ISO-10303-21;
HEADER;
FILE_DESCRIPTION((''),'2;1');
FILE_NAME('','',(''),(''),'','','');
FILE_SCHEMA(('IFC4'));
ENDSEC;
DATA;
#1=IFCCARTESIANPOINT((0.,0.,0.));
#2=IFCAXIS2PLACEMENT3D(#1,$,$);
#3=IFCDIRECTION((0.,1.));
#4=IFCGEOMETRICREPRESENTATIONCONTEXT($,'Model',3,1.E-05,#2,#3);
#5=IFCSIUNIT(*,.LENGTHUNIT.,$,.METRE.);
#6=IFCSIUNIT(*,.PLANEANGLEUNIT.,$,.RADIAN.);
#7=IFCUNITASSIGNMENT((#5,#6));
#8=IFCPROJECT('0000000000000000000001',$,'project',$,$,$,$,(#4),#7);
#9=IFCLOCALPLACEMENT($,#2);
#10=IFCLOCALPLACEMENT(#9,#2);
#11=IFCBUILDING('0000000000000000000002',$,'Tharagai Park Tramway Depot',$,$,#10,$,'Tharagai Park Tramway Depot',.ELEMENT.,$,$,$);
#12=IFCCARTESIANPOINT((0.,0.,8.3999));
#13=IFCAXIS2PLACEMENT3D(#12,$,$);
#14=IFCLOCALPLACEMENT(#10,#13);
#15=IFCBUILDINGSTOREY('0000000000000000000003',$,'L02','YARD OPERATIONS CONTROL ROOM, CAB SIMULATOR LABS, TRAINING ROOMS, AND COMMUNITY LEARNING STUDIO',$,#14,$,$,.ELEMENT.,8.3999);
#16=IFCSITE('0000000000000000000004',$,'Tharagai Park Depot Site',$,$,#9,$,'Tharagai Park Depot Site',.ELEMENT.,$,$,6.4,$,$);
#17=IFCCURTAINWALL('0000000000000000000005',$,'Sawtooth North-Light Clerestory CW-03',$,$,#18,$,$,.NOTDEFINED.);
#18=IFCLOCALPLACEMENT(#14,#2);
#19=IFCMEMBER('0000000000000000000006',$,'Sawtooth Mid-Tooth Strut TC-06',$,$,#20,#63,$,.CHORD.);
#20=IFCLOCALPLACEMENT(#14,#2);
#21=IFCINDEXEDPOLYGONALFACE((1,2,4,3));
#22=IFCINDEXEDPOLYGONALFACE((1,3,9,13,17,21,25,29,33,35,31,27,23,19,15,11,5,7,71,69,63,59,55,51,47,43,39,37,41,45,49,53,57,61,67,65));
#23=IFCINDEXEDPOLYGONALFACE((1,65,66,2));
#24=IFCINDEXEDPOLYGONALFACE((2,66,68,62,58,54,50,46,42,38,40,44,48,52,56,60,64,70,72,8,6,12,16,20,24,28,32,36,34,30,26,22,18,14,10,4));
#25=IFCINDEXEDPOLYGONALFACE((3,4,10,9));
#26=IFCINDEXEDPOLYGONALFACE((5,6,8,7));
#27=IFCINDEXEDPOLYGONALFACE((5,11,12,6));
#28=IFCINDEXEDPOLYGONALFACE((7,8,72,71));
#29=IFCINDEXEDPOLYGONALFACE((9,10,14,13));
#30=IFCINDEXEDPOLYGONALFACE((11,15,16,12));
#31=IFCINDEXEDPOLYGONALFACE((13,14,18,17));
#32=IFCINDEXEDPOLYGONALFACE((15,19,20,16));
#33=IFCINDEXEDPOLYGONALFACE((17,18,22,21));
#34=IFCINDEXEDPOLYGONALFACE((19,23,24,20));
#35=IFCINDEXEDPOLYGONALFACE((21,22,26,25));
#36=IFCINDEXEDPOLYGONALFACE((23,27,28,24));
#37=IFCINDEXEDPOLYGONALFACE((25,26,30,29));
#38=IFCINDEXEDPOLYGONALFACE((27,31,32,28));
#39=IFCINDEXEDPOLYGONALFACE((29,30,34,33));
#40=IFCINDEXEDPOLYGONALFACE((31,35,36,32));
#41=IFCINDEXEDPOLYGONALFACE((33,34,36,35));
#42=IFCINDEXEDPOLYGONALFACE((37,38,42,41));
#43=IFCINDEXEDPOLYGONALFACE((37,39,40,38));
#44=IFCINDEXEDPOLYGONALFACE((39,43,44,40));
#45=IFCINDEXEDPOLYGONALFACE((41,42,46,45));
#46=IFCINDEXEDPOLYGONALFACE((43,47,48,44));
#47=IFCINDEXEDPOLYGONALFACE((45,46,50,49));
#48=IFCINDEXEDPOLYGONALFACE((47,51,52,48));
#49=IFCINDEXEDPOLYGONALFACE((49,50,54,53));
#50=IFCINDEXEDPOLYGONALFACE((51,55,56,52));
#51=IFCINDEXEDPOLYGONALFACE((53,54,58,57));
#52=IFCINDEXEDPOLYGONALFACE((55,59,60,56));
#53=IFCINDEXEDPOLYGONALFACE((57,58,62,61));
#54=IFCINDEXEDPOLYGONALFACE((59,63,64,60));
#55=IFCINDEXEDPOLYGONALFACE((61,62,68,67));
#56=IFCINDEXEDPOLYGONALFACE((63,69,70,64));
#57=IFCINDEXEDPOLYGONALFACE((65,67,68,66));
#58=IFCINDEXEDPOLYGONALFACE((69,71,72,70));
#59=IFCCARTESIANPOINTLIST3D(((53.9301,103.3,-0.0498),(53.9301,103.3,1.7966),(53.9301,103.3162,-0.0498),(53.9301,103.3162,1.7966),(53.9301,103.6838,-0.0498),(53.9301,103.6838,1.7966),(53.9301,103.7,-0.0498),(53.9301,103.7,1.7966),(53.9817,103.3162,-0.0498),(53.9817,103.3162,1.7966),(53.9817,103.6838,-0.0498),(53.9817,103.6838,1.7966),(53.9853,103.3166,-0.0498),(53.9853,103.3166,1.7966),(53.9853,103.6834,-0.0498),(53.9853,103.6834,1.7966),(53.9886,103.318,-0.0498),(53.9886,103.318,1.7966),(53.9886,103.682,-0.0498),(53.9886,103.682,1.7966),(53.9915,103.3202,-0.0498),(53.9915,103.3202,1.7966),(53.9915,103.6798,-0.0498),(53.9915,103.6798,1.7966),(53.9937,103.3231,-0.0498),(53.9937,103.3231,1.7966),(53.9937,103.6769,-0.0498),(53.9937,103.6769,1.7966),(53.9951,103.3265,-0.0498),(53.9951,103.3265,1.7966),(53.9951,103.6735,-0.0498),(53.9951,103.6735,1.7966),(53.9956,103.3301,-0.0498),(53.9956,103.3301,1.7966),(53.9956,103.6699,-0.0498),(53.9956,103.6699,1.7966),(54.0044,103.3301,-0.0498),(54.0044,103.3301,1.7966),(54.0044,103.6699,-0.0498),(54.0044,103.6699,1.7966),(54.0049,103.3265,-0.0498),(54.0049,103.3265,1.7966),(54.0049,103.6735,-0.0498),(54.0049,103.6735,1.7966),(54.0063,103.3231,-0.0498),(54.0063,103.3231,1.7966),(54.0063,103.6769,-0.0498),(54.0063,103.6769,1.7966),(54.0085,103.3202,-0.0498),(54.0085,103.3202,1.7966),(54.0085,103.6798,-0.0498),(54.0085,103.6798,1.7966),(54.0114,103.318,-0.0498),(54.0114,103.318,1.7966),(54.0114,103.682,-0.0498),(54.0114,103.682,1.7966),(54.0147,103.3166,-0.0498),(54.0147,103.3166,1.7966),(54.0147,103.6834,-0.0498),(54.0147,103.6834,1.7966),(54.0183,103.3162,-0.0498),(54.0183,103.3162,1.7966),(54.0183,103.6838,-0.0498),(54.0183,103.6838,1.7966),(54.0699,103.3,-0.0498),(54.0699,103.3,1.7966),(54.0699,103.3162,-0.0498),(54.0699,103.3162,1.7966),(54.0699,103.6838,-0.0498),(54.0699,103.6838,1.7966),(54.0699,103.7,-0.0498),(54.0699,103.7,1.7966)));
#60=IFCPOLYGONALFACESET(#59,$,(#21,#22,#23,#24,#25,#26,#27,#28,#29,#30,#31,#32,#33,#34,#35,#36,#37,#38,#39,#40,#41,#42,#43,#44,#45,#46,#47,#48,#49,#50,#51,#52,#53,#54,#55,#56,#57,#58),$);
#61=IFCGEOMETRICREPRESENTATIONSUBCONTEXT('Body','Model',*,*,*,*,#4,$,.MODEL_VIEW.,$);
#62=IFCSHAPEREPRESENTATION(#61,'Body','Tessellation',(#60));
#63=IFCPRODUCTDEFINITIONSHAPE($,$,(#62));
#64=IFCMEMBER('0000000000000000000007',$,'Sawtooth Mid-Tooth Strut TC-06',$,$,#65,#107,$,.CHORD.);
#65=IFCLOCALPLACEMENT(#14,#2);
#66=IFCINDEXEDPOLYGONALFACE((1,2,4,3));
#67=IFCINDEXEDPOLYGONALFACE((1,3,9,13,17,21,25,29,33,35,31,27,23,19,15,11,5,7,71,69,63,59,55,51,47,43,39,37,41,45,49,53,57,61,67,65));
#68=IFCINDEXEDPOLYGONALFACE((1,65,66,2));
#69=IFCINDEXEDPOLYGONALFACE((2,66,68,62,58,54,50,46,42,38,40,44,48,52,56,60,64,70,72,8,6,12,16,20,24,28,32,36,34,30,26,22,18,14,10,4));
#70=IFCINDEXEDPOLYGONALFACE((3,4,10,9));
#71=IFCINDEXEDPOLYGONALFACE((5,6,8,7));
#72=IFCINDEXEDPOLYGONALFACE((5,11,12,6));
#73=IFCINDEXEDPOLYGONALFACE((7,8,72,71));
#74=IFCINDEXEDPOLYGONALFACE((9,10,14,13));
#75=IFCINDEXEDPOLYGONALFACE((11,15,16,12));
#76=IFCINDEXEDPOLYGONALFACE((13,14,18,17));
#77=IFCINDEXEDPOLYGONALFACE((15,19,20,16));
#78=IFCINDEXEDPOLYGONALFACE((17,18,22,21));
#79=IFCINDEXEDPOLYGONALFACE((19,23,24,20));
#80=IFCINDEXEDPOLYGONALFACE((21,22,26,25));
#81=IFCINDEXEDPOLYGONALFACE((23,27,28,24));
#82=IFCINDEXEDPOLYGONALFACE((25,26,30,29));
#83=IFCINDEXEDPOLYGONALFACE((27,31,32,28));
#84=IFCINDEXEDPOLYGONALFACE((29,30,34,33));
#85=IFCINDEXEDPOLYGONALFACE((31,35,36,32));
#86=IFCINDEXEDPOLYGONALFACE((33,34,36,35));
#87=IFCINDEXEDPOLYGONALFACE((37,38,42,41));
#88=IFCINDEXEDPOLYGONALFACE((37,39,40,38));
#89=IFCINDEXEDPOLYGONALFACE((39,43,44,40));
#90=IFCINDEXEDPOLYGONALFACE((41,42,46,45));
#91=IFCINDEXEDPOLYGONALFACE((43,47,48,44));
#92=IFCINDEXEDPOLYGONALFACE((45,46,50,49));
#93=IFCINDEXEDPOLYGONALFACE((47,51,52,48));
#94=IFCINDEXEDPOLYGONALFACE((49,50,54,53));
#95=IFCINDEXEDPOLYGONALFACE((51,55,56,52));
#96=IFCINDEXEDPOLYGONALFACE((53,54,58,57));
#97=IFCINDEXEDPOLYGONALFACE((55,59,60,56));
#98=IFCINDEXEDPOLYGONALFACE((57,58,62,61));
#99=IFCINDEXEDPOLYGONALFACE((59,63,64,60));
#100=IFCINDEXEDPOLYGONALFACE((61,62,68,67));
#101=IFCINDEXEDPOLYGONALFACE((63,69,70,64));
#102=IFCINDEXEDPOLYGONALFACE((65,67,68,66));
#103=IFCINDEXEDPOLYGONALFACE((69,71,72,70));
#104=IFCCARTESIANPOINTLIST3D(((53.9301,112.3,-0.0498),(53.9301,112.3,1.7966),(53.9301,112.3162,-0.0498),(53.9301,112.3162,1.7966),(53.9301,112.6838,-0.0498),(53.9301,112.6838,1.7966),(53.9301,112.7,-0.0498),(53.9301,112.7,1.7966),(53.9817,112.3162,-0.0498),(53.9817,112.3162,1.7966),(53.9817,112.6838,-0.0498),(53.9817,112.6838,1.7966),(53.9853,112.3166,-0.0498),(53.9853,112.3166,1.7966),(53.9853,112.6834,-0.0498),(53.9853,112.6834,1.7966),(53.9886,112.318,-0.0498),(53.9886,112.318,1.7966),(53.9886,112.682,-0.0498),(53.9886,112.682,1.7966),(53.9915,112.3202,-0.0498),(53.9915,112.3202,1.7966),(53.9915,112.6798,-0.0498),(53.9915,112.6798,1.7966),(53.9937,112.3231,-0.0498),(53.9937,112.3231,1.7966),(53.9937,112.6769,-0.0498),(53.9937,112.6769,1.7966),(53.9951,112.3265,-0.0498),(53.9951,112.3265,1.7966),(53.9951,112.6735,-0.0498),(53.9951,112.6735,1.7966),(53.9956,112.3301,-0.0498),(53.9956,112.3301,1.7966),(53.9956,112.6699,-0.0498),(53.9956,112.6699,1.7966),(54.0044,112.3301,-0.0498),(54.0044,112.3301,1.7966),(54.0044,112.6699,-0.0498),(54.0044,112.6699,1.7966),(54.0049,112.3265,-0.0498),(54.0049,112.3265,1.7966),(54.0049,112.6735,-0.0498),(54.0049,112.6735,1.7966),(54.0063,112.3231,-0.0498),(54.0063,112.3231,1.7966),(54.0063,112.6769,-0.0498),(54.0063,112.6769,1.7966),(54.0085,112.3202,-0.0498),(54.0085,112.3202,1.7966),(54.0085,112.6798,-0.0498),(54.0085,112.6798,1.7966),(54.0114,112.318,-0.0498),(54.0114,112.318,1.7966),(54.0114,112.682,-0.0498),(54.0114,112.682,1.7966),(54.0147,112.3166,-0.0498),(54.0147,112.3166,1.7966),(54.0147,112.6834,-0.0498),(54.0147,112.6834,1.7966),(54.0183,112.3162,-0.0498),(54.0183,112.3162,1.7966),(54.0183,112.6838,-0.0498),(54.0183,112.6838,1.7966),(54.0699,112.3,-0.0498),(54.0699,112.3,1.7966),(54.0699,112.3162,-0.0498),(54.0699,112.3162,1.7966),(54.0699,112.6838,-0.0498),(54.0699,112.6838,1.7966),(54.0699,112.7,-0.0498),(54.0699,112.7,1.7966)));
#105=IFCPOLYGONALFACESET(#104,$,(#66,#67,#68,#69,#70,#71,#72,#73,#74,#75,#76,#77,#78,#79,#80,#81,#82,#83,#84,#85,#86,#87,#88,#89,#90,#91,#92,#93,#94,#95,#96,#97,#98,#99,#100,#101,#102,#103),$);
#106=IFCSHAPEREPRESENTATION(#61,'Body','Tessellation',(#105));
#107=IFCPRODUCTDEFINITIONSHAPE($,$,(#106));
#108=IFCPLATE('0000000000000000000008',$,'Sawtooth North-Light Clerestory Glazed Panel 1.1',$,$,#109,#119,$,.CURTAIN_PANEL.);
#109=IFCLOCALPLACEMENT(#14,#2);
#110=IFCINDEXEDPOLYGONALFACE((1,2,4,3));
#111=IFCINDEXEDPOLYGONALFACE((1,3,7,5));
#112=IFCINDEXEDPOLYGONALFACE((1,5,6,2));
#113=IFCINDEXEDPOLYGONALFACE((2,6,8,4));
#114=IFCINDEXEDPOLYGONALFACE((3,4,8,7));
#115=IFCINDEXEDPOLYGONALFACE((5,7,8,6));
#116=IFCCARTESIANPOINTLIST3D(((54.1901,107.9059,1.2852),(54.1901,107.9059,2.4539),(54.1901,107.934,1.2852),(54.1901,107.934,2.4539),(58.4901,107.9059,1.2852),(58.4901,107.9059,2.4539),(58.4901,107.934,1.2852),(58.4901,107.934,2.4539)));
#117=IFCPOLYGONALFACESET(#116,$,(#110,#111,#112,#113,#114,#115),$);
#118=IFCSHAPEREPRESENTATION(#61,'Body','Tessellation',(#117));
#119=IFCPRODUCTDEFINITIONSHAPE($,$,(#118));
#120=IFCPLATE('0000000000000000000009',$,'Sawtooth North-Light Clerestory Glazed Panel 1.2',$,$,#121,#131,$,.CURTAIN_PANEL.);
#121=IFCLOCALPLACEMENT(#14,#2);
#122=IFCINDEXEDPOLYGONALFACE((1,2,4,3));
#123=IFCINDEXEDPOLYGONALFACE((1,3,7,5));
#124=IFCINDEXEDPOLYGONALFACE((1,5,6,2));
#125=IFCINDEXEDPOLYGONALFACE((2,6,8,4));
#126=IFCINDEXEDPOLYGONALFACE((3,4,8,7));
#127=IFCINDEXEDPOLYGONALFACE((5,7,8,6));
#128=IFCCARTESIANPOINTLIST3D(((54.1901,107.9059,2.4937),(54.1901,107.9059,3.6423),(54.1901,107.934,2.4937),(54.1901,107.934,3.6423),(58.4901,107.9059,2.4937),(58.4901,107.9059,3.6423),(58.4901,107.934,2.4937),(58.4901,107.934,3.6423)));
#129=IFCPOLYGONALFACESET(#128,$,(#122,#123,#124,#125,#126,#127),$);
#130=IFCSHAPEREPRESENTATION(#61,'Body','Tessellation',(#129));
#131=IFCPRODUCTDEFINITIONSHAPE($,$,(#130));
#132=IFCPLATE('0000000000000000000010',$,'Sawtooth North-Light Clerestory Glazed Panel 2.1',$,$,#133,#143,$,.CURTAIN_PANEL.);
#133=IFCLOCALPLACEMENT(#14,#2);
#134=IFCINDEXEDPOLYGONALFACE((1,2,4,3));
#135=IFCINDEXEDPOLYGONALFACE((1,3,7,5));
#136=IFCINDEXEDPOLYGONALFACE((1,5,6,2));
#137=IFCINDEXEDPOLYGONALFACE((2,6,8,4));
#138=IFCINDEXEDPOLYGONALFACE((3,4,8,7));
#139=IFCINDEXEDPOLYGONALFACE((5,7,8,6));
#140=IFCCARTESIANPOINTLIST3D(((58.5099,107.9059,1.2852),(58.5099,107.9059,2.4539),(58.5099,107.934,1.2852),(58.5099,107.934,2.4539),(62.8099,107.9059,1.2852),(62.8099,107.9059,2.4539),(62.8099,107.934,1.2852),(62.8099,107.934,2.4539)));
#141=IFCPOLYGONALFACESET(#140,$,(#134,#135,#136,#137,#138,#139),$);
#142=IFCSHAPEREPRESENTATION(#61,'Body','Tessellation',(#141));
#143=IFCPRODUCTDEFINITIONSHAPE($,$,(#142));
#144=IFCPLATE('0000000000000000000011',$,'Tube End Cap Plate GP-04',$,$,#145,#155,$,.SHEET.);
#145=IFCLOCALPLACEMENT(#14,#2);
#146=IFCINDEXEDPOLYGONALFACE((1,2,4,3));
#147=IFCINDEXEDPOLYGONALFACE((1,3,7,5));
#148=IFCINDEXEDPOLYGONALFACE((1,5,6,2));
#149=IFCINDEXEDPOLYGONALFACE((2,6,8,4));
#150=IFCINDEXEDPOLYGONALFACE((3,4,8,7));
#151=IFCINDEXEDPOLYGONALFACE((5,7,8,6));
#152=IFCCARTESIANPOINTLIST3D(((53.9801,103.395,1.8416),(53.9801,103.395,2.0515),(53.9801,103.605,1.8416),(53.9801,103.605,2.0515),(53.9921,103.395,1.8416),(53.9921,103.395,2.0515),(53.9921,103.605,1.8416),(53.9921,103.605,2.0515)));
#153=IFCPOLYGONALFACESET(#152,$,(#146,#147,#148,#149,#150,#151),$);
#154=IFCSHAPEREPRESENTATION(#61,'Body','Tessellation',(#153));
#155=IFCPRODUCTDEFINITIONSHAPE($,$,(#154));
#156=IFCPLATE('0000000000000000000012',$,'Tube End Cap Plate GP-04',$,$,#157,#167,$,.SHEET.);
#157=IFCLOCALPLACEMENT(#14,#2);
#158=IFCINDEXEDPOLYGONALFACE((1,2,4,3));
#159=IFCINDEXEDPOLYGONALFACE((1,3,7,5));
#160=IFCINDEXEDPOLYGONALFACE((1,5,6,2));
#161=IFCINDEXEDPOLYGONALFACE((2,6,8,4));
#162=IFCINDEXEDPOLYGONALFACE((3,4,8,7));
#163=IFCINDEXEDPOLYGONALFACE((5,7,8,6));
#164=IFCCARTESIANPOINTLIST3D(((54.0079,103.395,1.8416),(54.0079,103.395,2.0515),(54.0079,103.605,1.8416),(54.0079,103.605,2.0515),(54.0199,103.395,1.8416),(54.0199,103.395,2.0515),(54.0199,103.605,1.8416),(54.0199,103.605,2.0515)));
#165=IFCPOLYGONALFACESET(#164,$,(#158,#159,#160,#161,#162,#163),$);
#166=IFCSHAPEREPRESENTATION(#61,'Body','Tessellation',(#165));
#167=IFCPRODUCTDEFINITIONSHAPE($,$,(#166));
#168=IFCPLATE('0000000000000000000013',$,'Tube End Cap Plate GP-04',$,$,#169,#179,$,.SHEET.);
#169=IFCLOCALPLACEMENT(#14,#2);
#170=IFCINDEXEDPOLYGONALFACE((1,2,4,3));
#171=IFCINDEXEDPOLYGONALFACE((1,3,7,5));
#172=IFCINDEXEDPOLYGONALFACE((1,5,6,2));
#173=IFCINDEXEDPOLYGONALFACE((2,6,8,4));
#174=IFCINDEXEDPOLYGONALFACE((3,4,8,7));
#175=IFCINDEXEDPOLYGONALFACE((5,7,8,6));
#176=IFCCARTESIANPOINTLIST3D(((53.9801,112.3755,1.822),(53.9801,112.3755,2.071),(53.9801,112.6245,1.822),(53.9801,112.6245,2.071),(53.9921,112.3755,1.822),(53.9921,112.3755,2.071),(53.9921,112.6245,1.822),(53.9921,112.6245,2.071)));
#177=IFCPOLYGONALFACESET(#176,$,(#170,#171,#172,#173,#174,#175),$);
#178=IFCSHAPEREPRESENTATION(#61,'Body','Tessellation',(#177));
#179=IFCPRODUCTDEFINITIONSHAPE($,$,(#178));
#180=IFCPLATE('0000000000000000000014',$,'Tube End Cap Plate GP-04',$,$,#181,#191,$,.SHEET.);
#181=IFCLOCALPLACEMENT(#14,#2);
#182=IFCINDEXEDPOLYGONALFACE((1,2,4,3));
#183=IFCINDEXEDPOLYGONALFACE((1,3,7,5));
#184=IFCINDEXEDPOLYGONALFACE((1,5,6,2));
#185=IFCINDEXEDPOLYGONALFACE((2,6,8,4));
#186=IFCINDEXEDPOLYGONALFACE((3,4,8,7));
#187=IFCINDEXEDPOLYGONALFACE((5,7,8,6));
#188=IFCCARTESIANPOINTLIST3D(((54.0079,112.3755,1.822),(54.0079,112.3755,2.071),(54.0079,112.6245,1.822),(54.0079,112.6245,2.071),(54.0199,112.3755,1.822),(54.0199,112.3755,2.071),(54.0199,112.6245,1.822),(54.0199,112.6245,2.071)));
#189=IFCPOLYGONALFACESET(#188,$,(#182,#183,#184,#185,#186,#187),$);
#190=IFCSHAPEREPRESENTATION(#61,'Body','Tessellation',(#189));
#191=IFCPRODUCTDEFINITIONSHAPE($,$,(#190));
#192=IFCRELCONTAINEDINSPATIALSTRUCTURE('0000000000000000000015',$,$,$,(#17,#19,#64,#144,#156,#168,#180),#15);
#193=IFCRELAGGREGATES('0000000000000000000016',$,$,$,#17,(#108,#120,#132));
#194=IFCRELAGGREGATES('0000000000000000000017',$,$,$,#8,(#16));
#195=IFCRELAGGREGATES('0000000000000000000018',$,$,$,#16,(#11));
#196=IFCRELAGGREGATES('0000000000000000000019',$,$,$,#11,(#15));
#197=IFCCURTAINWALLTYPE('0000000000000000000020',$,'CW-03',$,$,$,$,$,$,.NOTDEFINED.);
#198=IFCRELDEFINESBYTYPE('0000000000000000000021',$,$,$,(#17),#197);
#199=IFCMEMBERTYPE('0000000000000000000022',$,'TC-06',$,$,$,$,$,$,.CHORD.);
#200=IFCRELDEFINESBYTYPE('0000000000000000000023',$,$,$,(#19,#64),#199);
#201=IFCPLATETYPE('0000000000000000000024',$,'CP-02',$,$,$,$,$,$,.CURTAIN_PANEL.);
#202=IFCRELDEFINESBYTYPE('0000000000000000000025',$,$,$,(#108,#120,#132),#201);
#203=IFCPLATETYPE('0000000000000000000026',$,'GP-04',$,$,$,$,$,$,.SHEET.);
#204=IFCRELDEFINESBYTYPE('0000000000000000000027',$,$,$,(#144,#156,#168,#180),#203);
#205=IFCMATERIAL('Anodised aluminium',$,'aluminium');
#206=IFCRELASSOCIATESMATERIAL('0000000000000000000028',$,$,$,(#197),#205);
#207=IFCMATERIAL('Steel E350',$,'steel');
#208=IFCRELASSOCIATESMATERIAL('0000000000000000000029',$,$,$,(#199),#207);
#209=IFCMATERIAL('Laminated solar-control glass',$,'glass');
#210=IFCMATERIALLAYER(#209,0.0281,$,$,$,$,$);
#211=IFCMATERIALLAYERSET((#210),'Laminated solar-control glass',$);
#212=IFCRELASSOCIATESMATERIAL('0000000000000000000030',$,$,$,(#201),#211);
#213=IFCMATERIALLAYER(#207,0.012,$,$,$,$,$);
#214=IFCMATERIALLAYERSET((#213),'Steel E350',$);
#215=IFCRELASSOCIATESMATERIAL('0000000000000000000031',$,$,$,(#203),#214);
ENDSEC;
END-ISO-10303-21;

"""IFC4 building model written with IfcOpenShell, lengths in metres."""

from ifc_helpers import new_model, si_unit, direction, frame, origin, origin_2d, place, context, subcontext, project, spatial, rectangle, i_section, extrude, material, layer, layer_set, material_profile, profile_set, type_object, element, aggregate, save


model = new_model("IFC4")

# Units and contexts
model_context = context("Model", 3, precision=1e-05, world=origin(), true_north=direction((0.0, 1.0)))
body_context = subcontext(model_context, "Body", "Model", "MODEL_VIEW")
ifc_project = project(units=[si_unit("LENGTHUNIT", "METRE"), si_unit("PLANEANGLEUNIT", "RADIAN")], contexts=[model_context])

# Site, building, storey
site_placement = place(None, origin())
site = spatial("IfcSite", under=ifc_project, at=site_placement, Name="Tharagai Park Depot Site", LongName="Tharagai Park Depot Site", CompositionType="ELEMENT", RefElevation=6.4)
building_placement = place(site_placement, origin())
building = spatial("IfcBuilding", under=site, at=building_placement, Name="Tharagai Park Tramway Depot", LongName="Tharagai Park Tramway Depot", CompositionType="ELEMENT")
storey_placement = place(building_placement, frame((0.0, 0.0, 8.3999)))
storey = spatial("IfcBuildingStorey", under=building, at=storey_placement, Name="L02", Description="YARD OPERATIONS CONTROL ROOM, CAB SIMULATOR LABS, TRAINING ROOMS, AND COMMUNITY LEARNING STUDIO", CompositionType="ELEMENT", Elevation=8.3999)

# Shared definitions
ifc_material_1 = material(Name="Steel E350", Category="steel")

# Curtain wall
ifc_material_2 = material(Name="Anodised aluminium", Category="aluminium")
curtain_wall_type = type_object("IfcCurtainWallType", Name="CW-03", PredefinedType="NOTDEFINED", material=ifc_material_2)
curtain_wall_1_placement = place(storey_placement, origin())
curtain_wall_1 = element("IfcCurtainWall", 1, at=curtain_wall_1_placement, inside=storey, type_object=curtain_wall_type, Name="Sawtooth North-Light Clerestory CW-03", PredefinedType="NOTDEFINED")

# Members
ifc_material_profile_1 = material_profile(ifc_material_1, i_section(OverallWidth=0.1399, OverallDepth=0.3999, WebThickness=0.0088, FlangeThickness=0.0161, FilletRadius=0.0139, at=origin_2d()), Name="ISMB 400")
ifc_profile_set_1 = profile_set([ifc_material_profile_1], Name="Steel E350")
member_type_1 = type_object("IfcMemberType", Name="TC-06", PredefinedType="CHORD", material=ifc_profile_set_1)
for number, where, z_axis, x_axis, name in (
    (2, (54.0, 103.5, -0.0498), (0.0, 0.0, 1.0), (1.0, 0.0, 0.0), "Sawtooth Mid-Tooth Strut TC-06"),
    (3, (54.0, 112.5, -0.0498), (0.0, 0.0, 1.0), (1.0, 0.0, 0.0), "Sawtooth Mid-Tooth Strut TC-06"),
):
    element("IfcMember", number, at=place(storey_placement, frame(where, z_axis=z_axis, x_axis=x_axis)), inside=storey, type_object=member_type_1, Name=name, PredefinedType="CHORD", context=body_context, shape_type="SweptSolid", body=[
        extrude(i_section(OverallWidth=0.1399, OverallDepth=0.3999, WebThickness=0.0088, FlangeThickness=0.0161, FilletRadius=0.0139, at=origin_2d()), origin(), (0.0, 0.0, 1.0), 1.8464),
    ])

# Plates
ifc_material_3 = material(Name="Laminated solar-control glass", Category="glass")
ifc_layer_1 = layer(ifc_material_3, 0.0281)
ifc_layer_set_1 = layer_set([ifc_layer_1], Name="Laminated solar-control glass")
plate_type_1 = type_object("IfcPlateType", Name="CP-02", PredefinedType="CURTAIN_PANEL", material=ifc_layer_set_1)
plate_1_placement = place(storey_placement, frame((56.3401, 107.9199, 1.2852), z_axis=(0.0, 0.0, 1.0), x_axis=(1.0, 0.0, 0.0)))
plate_1 = element("IfcPlate", 4, at=plate_1_placement, type_object=plate_type_1, Name="Sawtooth North-Light Clerestory Glazed Panel 1.1", PredefinedType="CURTAIN_PANEL", context=body_context, shape_type="SweptSolid", body=[
    extrude(rectangle(XDim=4.3, YDim=0.0281, at=origin_2d()), origin(), (0.0, 0.0, 1.0), 1.1687),
])
plate_2_placement = place(storey_placement, frame((56.3401, 107.9199, 2.4937), z_axis=(0.0, 0.0, 1.0), x_axis=(1.0, 0.0, 0.0)))
plate_2 = element("IfcPlate", 5, at=plate_2_placement, type_object=plate_type_1, Name="Sawtooth North-Light Clerestory Glazed Panel 1.2", PredefinedType="CURTAIN_PANEL", context=body_context, shape_type="SweptSolid", body=[
    extrude(rectangle(XDim=4.3, YDim=0.0281, at=origin_2d()), origin(), (0.0, 0.0, 1.0), 1.1487),
])
plate_3_placement = place(storey_placement, frame((60.6599, 107.9199, 1.2852), z_axis=(0.0, 0.0, 1.0), x_axis=(1.0, 0.0, 0.0)))
plate_3 = element("IfcPlate", 6, at=plate_3_placement, type_object=plate_type_1, Name="Sawtooth North-Light Clerestory Glazed Panel 2.1", PredefinedType="CURTAIN_PANEL", context=body_context, shape_type="SweptSolid", body=[
    extrude(rectangle(XDim=4.3, YDim=0.0281, at=origin_2d()), origin(), (0.0, 0.0, 1.0), 1.1687),
])
aggregate(curtain_wall_1, [plate_1, plate_2, plate_3])

# Plates
ifc_layer_2 = layer(ifc_material_1, 0.012)
ifc_layer_set_2 = layer_set([ifc_layer_2], Name="Steel E350")
plate_type_2 = type_object("IfcPlateType", Name="GP-04", PredefinedType="SHEET", material=ifc_layer_set_2)
for number, where, z_axis, x_axis, name in (
    (7, (53.9861, 103.5, 1.8416), (0.0, 0.0, 1.0), (1.0, 0.0, 0.0), "Tube End Cap Plate GP-04"),
    (8, (54.0139, 103.5, 1.8416), (0.0, 0.0, 1.0), (1.0, 0.0, 0.0), "Tube End Cap Plate GP-04"),
):
    element("IfcPlate", number, at=place(storey_placement, frame(where, z_axis=z_axis, x_axis=x_axis)), inside=storey, type_object=plate_type_2, Name=name, PredefinedType="SHEET", context=body_context, shape_type="SweptSolid", body=[
        extrude(rectangle(XDim=0.012, YDim=0.21, at=origin_2d()), origin(), (0.0, 0.0, 1.0), 0.21),
    ])
for number, where, z_axis, x_axis, name in (
    (9, (53.9861, 112.5, 1.822), (0.0, 0.0, 1.0), (1.0, 0.0, 0.0), "Tube End Cap Plate GP-04"),
    (10, (54.0139, 112.5, 1.822), (0.0, 0.0, 1.0), (1.0, 0.0, 0.0), "Tube End Cap Plate GP-04"),
):
    element("IfcPlate", number, at=place(storey_placement, frame(where, z_axis=z_axis, x_axis=x_axis)), inside=storey, type_object=plate_type_2, Name=name, PredefinedType="SHEET", context=body_context, shape_type="SweptSolid", body=[
        extrude(rectangle(XDim=0.012, YDim=0.249, at=origin_2d()), origin(), (0.0, 0.0, 1.0), 0.249),
    ])

save(model, "model.ifc")
